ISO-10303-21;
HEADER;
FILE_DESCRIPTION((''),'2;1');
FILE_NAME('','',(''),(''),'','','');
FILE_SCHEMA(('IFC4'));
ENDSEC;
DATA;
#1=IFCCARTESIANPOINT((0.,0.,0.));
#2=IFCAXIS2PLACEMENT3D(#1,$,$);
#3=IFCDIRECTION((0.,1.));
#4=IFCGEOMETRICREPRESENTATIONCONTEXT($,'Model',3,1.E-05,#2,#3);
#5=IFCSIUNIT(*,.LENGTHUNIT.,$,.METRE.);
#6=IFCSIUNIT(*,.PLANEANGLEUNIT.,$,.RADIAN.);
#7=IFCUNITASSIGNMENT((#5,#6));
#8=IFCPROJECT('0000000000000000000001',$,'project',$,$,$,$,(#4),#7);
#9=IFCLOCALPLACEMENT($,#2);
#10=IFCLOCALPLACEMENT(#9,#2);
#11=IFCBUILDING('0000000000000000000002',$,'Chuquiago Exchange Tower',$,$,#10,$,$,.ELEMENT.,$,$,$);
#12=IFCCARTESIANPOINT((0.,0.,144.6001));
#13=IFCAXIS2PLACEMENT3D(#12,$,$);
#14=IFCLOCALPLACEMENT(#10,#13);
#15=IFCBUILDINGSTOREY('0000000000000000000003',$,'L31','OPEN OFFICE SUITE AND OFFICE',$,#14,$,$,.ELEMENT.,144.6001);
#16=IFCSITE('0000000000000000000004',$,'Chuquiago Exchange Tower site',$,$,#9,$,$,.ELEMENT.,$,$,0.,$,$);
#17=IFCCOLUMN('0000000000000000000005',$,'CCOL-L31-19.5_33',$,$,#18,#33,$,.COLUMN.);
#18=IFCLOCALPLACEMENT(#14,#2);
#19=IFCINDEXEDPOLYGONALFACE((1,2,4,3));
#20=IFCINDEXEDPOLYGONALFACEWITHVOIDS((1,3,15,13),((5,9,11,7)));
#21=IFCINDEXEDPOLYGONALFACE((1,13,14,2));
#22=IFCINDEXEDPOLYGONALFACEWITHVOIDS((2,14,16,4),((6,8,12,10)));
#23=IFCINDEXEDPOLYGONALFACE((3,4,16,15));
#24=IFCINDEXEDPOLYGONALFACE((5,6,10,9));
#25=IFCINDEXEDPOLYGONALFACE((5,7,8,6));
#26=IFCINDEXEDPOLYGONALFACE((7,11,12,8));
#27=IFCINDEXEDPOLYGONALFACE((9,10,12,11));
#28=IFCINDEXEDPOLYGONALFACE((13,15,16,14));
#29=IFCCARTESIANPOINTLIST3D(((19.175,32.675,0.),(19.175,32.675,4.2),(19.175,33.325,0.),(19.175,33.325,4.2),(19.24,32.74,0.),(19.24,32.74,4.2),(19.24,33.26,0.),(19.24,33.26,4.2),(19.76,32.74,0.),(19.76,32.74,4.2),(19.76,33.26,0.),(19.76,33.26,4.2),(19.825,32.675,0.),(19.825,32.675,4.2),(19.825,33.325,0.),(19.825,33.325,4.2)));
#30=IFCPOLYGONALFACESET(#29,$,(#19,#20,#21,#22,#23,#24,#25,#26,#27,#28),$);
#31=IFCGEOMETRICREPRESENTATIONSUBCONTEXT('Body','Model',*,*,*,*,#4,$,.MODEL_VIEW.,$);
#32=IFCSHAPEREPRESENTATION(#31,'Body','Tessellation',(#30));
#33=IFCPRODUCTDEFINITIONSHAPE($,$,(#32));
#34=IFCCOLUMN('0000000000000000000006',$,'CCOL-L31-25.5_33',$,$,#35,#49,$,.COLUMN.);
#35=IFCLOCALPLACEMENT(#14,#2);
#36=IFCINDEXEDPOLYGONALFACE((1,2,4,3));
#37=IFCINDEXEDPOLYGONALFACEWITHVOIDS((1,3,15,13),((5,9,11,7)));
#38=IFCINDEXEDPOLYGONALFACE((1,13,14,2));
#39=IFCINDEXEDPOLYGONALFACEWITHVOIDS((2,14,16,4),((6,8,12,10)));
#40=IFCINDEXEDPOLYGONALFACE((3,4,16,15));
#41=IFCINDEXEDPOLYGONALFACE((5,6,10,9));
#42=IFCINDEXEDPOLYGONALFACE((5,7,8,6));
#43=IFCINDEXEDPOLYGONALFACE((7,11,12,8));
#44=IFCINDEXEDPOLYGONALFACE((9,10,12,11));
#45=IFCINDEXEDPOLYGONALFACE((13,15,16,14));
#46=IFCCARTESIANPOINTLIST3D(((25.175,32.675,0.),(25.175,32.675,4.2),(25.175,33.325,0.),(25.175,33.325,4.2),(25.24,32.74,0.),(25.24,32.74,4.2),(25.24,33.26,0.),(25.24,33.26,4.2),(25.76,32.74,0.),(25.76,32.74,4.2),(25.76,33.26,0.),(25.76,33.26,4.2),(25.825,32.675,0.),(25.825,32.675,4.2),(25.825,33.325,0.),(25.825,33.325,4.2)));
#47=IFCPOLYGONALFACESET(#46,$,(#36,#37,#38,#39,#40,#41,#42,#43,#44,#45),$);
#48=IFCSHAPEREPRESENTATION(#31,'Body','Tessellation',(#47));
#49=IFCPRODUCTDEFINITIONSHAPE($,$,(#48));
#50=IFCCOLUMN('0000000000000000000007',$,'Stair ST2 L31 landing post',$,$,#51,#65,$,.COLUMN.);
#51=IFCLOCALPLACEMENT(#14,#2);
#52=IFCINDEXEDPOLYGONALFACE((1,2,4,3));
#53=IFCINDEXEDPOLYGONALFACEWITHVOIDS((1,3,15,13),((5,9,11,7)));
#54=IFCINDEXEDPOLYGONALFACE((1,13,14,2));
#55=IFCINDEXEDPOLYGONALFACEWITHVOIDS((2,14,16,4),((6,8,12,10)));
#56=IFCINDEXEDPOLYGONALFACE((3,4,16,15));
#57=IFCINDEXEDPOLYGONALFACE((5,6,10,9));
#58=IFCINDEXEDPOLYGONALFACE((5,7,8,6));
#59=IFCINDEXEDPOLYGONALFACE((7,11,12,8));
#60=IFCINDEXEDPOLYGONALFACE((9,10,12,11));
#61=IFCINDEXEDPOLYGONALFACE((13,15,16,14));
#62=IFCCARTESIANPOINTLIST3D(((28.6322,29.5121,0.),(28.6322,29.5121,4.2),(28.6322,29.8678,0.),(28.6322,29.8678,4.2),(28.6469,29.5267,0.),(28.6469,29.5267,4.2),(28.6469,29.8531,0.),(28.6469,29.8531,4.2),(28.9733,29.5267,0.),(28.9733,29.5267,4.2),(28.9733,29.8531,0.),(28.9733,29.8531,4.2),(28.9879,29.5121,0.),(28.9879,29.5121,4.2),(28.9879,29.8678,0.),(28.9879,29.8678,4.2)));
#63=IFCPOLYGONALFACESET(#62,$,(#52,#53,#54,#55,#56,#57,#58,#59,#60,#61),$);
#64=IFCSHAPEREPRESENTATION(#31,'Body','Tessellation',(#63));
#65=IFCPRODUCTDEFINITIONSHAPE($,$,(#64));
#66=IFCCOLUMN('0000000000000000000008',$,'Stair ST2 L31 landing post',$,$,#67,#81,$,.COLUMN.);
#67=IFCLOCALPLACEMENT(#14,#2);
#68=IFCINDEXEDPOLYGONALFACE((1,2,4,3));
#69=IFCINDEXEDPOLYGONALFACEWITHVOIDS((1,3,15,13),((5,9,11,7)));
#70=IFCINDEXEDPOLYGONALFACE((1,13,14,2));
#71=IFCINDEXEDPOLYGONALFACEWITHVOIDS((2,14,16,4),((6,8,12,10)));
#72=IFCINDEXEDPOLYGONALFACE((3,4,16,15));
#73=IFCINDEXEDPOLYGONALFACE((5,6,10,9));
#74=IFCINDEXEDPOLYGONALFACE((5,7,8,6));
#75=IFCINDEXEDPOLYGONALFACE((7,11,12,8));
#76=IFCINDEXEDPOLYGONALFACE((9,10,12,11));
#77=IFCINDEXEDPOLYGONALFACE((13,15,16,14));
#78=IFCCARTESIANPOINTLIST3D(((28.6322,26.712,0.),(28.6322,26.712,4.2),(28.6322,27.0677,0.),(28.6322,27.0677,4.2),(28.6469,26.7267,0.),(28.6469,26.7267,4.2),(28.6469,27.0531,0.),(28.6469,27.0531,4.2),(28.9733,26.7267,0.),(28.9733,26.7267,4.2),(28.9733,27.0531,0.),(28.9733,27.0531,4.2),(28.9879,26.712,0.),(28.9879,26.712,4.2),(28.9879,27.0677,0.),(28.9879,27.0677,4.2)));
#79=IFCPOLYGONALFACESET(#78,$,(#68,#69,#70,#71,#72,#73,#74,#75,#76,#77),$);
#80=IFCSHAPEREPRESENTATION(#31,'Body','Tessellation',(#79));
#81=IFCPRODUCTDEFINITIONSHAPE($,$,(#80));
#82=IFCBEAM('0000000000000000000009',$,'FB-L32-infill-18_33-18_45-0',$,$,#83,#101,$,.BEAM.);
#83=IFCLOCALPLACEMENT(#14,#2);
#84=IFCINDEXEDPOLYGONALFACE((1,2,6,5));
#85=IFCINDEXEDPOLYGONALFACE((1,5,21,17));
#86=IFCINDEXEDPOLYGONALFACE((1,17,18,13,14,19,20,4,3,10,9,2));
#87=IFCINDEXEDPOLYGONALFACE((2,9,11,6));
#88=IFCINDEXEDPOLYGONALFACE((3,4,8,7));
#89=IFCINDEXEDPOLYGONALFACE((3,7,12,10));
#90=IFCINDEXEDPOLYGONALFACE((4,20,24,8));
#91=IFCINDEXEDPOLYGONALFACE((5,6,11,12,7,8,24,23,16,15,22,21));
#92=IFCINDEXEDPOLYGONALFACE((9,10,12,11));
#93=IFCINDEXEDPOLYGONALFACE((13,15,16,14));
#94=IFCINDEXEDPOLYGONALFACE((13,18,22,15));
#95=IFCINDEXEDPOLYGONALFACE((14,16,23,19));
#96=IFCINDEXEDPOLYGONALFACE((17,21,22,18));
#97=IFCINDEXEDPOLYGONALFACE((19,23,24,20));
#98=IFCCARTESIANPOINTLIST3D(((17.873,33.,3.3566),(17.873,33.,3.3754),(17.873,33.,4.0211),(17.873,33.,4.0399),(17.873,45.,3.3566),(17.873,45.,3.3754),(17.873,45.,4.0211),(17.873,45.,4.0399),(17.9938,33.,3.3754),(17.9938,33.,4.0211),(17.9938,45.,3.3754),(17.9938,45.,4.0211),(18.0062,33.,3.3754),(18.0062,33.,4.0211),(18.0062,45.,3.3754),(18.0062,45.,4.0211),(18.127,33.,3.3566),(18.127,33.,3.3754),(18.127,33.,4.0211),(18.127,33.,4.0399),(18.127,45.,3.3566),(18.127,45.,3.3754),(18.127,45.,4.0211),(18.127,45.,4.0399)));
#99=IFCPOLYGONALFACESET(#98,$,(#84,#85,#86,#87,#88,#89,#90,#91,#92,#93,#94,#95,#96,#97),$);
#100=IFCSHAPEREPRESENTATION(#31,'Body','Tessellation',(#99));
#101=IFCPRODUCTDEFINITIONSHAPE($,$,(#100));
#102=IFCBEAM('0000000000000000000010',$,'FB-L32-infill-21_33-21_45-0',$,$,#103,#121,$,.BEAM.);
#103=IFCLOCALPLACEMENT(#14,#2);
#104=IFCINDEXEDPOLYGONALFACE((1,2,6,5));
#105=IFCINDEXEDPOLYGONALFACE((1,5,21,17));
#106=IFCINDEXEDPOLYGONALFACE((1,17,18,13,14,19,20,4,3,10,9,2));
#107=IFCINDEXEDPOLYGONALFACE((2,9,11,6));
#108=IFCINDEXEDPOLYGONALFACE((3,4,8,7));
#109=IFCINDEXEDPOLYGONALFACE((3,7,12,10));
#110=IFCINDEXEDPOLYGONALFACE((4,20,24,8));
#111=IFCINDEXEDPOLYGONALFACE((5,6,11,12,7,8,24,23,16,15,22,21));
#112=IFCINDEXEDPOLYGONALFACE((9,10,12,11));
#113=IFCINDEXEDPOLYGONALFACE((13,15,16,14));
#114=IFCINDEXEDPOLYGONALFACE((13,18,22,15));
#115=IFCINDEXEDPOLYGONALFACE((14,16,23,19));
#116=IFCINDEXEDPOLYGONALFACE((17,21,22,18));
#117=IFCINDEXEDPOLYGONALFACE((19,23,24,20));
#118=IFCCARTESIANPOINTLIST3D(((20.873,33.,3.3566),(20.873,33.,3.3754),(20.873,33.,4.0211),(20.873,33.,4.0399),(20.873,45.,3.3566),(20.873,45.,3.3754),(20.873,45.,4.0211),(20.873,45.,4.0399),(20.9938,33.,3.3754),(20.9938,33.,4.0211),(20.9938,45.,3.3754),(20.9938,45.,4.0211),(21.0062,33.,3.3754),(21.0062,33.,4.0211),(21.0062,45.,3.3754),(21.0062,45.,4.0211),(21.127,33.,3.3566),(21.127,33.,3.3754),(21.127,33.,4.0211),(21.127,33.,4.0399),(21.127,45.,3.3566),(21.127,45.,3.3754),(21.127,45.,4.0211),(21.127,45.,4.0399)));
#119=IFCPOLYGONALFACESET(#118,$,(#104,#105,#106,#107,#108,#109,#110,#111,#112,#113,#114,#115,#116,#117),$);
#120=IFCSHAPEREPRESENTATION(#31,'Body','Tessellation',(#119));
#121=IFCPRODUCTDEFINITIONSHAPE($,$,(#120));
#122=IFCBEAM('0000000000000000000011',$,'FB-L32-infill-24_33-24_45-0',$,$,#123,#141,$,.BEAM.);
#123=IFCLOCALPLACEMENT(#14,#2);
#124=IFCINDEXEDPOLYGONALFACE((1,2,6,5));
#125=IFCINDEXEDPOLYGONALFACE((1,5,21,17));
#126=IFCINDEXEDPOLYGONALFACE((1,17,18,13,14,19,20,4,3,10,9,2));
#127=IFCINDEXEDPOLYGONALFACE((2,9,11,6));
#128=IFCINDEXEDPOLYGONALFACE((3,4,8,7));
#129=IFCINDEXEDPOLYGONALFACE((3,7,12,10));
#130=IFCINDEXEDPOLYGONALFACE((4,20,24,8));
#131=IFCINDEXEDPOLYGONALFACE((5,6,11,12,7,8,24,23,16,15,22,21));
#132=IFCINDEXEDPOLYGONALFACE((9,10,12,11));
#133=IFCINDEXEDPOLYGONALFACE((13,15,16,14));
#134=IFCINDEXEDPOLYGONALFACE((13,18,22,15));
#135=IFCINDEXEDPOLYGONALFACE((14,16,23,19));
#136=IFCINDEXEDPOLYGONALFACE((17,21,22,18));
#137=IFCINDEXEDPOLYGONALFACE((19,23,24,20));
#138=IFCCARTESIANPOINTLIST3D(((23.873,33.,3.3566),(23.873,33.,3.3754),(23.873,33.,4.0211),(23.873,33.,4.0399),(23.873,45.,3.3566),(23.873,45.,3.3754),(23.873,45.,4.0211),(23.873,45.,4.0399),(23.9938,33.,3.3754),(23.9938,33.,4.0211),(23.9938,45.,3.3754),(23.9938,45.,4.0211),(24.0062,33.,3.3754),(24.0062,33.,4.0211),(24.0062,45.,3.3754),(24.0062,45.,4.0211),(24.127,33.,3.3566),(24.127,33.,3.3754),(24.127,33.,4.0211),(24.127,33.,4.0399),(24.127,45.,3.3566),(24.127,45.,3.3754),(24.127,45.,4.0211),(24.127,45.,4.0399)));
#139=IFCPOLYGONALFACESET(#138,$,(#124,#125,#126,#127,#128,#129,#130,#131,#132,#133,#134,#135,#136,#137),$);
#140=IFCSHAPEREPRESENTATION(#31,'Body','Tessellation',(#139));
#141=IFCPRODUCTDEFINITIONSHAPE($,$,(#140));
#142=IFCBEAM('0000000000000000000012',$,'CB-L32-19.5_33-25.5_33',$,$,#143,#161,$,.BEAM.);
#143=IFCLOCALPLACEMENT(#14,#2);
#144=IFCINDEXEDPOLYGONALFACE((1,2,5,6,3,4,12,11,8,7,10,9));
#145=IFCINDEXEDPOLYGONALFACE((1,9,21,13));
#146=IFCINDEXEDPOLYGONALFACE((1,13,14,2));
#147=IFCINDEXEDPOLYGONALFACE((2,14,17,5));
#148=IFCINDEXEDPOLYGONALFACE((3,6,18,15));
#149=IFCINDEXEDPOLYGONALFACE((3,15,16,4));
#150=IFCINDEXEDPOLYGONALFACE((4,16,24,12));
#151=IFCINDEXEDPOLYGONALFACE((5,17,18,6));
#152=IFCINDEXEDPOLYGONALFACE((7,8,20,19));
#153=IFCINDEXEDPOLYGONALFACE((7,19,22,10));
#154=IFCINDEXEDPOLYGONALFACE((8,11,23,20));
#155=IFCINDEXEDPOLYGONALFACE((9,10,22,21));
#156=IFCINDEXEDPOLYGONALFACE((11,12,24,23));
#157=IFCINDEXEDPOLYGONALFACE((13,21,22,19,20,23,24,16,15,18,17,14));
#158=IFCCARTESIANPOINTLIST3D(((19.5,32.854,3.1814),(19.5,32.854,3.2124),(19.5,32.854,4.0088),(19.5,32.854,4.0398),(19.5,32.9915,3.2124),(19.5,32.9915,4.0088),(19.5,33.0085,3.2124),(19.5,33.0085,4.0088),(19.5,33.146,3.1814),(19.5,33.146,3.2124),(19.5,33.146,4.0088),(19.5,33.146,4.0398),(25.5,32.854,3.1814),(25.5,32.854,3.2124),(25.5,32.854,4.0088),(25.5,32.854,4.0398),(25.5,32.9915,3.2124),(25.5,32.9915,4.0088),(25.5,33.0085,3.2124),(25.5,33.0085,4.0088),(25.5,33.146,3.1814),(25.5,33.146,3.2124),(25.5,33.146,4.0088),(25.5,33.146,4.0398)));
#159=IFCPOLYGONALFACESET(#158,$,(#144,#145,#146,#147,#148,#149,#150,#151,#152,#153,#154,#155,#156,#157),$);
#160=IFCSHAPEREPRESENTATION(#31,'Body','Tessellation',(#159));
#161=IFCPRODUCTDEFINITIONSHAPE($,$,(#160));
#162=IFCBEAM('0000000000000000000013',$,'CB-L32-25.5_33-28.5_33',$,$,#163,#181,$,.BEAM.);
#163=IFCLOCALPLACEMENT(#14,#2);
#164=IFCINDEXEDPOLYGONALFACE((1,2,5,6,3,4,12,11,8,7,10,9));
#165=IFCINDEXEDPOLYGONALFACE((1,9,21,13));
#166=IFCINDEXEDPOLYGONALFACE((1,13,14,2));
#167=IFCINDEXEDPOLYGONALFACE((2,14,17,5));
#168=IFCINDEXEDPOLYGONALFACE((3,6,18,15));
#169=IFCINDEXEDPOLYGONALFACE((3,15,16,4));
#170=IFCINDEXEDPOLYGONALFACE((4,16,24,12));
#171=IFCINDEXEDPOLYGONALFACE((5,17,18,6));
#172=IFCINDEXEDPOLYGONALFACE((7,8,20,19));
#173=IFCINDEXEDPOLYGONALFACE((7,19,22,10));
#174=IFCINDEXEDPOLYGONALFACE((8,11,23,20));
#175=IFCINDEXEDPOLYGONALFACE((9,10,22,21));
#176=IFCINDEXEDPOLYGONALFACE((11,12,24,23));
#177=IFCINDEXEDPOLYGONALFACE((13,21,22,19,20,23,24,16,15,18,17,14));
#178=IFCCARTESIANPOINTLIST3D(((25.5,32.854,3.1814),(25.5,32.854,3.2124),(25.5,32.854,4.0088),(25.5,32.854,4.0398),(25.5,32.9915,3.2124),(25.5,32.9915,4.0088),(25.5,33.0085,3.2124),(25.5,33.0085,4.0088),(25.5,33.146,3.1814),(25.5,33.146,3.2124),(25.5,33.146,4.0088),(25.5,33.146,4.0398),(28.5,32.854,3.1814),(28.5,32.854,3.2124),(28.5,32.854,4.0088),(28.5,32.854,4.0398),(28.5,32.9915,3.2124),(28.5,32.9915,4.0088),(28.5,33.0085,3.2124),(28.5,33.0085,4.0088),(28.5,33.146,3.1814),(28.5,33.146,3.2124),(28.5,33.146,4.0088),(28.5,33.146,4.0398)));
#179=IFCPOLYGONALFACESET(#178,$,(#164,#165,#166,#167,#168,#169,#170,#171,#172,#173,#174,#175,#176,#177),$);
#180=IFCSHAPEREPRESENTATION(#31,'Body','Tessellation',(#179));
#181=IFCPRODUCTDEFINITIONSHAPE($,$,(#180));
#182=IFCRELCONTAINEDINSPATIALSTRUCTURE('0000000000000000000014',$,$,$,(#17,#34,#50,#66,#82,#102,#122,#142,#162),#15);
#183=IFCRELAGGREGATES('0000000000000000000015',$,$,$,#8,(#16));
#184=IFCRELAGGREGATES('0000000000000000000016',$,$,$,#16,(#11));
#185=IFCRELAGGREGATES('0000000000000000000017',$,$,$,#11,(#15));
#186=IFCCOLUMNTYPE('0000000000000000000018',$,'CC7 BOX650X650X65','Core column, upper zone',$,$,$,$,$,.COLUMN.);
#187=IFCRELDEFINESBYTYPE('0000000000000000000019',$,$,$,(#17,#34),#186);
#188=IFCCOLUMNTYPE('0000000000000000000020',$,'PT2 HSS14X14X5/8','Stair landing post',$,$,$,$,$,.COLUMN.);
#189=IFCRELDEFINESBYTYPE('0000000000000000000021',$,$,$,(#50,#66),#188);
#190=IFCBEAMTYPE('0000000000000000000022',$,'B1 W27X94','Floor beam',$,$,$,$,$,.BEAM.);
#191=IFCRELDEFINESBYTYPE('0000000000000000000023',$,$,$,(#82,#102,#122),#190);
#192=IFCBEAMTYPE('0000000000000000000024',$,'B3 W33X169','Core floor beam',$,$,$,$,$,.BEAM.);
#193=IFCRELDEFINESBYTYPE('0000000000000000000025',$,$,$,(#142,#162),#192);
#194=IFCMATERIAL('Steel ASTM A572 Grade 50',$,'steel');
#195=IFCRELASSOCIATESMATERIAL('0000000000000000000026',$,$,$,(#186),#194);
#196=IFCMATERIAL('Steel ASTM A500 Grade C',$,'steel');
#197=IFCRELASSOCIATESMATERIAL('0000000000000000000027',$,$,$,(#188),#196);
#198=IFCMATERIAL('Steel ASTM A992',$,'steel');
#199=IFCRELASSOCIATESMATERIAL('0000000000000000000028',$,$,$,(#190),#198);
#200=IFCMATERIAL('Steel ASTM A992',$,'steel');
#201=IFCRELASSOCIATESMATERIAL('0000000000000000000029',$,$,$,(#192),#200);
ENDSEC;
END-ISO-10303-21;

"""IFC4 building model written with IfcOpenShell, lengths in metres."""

from ifc_helpers import new_model, si_unit, direction, frame, origin, origin_2d, place, context, subcontext, project, spatial, hollow_rectangle, i_section, extrude, material, material_profile, profile_set, type_object, element, save


model = new_model("IFC4")

# Units and contexts
model_context = context("Model", 3, precision=1e-05, world=origin(), true_north=direction((0.0, 1.0)))
body_context = subcontext(model_context, "Body", "Model", "MODEL_VIEW")
ifc_project = project(units=[si_unit("LENGTHUNIT", "METRE"), si_unit("PLANEANGLEUNIT", "RADIAN")], contexts=[model_context])

# Site, building, storey
site_placement = place(None, origin())
site = spatial("IfcSite", under=ifc_project, at=site_placement, Name="Chuquiago Exchange Tower site", CompositionType="ELEMENT", RefElevation=0.0)
building_placement = place(site_placement, origin())
building = spatial("IfcBuilding", under=site, at=building_placement, Name="Chuquiago Exchange Tower", CompositionType="ELEMENT")
storey_placement = place(building_placement, frame((0.0, 0.0, 144.6001)))
storey = spatial("IfcBuildingStorey", under=building, at=storey_placement, Name="L31", Description="OPEN OFFICE SUITE AND OFFICE", CompositionType="ELEMENT", Elevation=144.6001)

# Columns
ifc_material_1 = material(Name="Steel ASTM A572 Grade 50", Category="steel")
ifc_material_profile_1 = material_profile(ifc_material_1, hollow_rectangle(XDim=0.6499, YDim=0.6499, WallThickness=0.0649, at=origin_2d()), Name="BOX650X650X65")
ifc_profile_set_1 = profile_set([ifc_material_profile_1], Name="Steel ASTM A572 Grade 50")
column_type_1 = type_object("IfcColumnType", Name="CC7 BOX650X650X65", Description="Core column, upper zone", PredefinedType="COLUMN", material=ifc_profile_set_1)
for number, where, z_axis, x_axis, name in (
    (1, (19.5, 33.0, 0.0), (0.0, 0.0, 1.0), (1.0, 0.0, 0.0), "CCOL-L31-19.5_33"),
    (2, (25.5, 33.0, 0.0), (0.0, 0.0, 1.0), (1.0, 0.0, 0.0), "CCOL-L31-25.5_33"),
):
    element("IfcColumn", number, at=place(storey_placement, frame(where, z_axis=z_axis, x_axis=x_axis)), inside=storey, type_object=column_type_1, Name=name, PredefinedType="COLUMN", context=body_context, shape_type="SweptSolid", body=[
        extrude(hollow_rectangle(XDim=0.6499, YDim=0.6499, WallThickness=0.0649, at=origin_2d()), origin(), (0.0, 0.0, 1.0), 4.2),
    ])
ifc_material_2 = material(Name="Steel ASTM A500 Grade C", Category="steel")
ifc_material_profile_2 = material_profile(ifc_material_2, hollow_rectangle(XDim=0.3557, YDim=0.3557, WallThickness=0.0146, at=origin_2d()), Name="HSS14X14X5/8")
ifc_profile_set_2 = profile_set([ifc_material_profile_2], Name="Steel ASTM A500 Grade C")
column_type_2 = type_object("IfcColumnType", Name="PT2 HSS14X14X5/8", Description="Stair landing post", PredefinedType="COLUMN", material=ifc_profile_set_2)
for number, where, z_axis, x_axis, name in (
    (3, (28.8101, 29.6899, 0.0), (0.0, 0.0, 1.0), (1.0, 0.0, 0.0), "Stair ST2 L31 landing post"),
    (4, (28.8101, 26.8899, 0.0), (0.0, 0.0, 1.0), (1.0, 0.0, 0.0), "Stair ST2 L31 landing post"),
):
    element("IfcColumn", number, at=place(storey_placement, frame(where, z_axis=z_axis, x_axis=x_axis)), inside=storey, type_object=column_type_2, Name=name, PredefinedType="COLUMN", context=body_context, shape_type="SweptSolid", body=[
        extrude(hollow_rectangle(XDim=0.3557, YDim=0.3557, WallThickness=0.0146, at=origin_2d()), origin(), (0.0, 0.0, 1.0), 4.2),
    ])

# Beams
ifc_material_3 = material(Name="Steel ASTM A992", Category="steel")
ifc_material_profile_3 = material_profile(ifc_material_3, i_section(OverallWidth=0.2539, OverallDepth=0.6833, WebThickness=0.0125, FlangeThickness=0.0188, at=origin_2d()), Name="W27X94")
ifc_profile_set_3 = profile_set([ifc_material_profile_3], Name="Steel ASTM A992")
beam_type_1 = type_object("IfcBeamType", Name="B1 W27X94", Description="Floor beam", PredefinedType="BEAM", material=ifc_profile_set_3)
for number, where, z_axis, x_axis, name in (
    (5, (18.0, 33.0, 3.6982), (0.0, 1.0, 0.0), (-1.0, 0.0, 0.0), "FB-L32-infill-18_33-18_45-0"),
    (6, (21.0, 33.0, 3.6982), (0.0, 1.0, 0.0), (-1.0, 0.0, 0.0), "FB-L32-infill-21_33-21_45-0"),
    (7, (24.0, 33.0, 3.6982), (0.0, 1.0, 0.0), (-1.0, 0.0, 0.0), "FB-L32-infill-24_33-24_45-0"),
):
    element("IfcBeam", number, at=place(storey_placement, frame(where, z_axis=z_axis, x_axis=x_axis)), inside=storey, type_object=beam_type_1, Name=name, PredefinedType="BEAM", context=body_context, shape_type="SweptSolid", body=[
        extrude(i_section(OverallWidth=0.2539, OverallDepth=0.6833, WebThickness=0.0125, FlangeThickness=0.0188, at=origin_2d()), origin(), (0.0, 0.0, 1.0), 12.0),
    ])
ifc_material_4 = material(Name="Steel ASTM A992", Category="steel")
ifc_material_profile_4 = material_profile(ifc_material_4, i_section(OverallWidth=0.292, OverallDepth=0.8584, WebThickness=0.0171, FlangeThickness=0.031, at=origin_2d()), Name="W33X169")
ifc_profile_set_4 = profile_set([ifc_material_profile_4], Name="Steel ASTM A992")
beam_type_2 = type_object("IfcBeamType", Name="B3 W33X169", Description="Core floor beam", PredefinedType="BEAM", material=ifc_profile_set_4)
beam_1_placement = place(storey_placement, frame((19.5, 33.0, 3.6106), z_axis=(1.0, 0.0, 0.0), x_axis=(0.0, 1.0, 0.0)))
element("IfcBeam", 8, at=beam_1_placement, inside=storey, type_object=beam_type_2, Name="CB-L32-19.5_33-25.5_33", PredefinedType="BEAM", context=body_context, shape_type="SweptSolid", body=[
    extrude(i_section(OverallWidth=0.292, OverallDepth=0.8584, WebThickness=0.0171, FlangeThickness=0.031, at=origin_2d()), origin(), (0.0, 0.0, 1.0), 6.0),
])
beam_2_placement = place(storey_placement, frame((25.5, 33.0, 3.6106), z_axis=(1.0, 0.0, 0.0), x_axis=(0.0, 1.0, 0.0)))
element("IfcBeam", 9, at=beam_2_placement, inside=storey, type_object=beam_type_2, Name="CB-L32-25.5_33-28.5_33", PredefinedType="BEAM", context=body_context, shape_type="SweptSolid", body=[
    extrude(i_section(OverallWidth=0.292, OverallDepth=0.8584, WebThickness=0.0171, FlangeThickness=0.031, at=origin_2d()), origin(), (0.0, 0.0, 1.0), 3.0),
])

save(model, "model.ifc")
